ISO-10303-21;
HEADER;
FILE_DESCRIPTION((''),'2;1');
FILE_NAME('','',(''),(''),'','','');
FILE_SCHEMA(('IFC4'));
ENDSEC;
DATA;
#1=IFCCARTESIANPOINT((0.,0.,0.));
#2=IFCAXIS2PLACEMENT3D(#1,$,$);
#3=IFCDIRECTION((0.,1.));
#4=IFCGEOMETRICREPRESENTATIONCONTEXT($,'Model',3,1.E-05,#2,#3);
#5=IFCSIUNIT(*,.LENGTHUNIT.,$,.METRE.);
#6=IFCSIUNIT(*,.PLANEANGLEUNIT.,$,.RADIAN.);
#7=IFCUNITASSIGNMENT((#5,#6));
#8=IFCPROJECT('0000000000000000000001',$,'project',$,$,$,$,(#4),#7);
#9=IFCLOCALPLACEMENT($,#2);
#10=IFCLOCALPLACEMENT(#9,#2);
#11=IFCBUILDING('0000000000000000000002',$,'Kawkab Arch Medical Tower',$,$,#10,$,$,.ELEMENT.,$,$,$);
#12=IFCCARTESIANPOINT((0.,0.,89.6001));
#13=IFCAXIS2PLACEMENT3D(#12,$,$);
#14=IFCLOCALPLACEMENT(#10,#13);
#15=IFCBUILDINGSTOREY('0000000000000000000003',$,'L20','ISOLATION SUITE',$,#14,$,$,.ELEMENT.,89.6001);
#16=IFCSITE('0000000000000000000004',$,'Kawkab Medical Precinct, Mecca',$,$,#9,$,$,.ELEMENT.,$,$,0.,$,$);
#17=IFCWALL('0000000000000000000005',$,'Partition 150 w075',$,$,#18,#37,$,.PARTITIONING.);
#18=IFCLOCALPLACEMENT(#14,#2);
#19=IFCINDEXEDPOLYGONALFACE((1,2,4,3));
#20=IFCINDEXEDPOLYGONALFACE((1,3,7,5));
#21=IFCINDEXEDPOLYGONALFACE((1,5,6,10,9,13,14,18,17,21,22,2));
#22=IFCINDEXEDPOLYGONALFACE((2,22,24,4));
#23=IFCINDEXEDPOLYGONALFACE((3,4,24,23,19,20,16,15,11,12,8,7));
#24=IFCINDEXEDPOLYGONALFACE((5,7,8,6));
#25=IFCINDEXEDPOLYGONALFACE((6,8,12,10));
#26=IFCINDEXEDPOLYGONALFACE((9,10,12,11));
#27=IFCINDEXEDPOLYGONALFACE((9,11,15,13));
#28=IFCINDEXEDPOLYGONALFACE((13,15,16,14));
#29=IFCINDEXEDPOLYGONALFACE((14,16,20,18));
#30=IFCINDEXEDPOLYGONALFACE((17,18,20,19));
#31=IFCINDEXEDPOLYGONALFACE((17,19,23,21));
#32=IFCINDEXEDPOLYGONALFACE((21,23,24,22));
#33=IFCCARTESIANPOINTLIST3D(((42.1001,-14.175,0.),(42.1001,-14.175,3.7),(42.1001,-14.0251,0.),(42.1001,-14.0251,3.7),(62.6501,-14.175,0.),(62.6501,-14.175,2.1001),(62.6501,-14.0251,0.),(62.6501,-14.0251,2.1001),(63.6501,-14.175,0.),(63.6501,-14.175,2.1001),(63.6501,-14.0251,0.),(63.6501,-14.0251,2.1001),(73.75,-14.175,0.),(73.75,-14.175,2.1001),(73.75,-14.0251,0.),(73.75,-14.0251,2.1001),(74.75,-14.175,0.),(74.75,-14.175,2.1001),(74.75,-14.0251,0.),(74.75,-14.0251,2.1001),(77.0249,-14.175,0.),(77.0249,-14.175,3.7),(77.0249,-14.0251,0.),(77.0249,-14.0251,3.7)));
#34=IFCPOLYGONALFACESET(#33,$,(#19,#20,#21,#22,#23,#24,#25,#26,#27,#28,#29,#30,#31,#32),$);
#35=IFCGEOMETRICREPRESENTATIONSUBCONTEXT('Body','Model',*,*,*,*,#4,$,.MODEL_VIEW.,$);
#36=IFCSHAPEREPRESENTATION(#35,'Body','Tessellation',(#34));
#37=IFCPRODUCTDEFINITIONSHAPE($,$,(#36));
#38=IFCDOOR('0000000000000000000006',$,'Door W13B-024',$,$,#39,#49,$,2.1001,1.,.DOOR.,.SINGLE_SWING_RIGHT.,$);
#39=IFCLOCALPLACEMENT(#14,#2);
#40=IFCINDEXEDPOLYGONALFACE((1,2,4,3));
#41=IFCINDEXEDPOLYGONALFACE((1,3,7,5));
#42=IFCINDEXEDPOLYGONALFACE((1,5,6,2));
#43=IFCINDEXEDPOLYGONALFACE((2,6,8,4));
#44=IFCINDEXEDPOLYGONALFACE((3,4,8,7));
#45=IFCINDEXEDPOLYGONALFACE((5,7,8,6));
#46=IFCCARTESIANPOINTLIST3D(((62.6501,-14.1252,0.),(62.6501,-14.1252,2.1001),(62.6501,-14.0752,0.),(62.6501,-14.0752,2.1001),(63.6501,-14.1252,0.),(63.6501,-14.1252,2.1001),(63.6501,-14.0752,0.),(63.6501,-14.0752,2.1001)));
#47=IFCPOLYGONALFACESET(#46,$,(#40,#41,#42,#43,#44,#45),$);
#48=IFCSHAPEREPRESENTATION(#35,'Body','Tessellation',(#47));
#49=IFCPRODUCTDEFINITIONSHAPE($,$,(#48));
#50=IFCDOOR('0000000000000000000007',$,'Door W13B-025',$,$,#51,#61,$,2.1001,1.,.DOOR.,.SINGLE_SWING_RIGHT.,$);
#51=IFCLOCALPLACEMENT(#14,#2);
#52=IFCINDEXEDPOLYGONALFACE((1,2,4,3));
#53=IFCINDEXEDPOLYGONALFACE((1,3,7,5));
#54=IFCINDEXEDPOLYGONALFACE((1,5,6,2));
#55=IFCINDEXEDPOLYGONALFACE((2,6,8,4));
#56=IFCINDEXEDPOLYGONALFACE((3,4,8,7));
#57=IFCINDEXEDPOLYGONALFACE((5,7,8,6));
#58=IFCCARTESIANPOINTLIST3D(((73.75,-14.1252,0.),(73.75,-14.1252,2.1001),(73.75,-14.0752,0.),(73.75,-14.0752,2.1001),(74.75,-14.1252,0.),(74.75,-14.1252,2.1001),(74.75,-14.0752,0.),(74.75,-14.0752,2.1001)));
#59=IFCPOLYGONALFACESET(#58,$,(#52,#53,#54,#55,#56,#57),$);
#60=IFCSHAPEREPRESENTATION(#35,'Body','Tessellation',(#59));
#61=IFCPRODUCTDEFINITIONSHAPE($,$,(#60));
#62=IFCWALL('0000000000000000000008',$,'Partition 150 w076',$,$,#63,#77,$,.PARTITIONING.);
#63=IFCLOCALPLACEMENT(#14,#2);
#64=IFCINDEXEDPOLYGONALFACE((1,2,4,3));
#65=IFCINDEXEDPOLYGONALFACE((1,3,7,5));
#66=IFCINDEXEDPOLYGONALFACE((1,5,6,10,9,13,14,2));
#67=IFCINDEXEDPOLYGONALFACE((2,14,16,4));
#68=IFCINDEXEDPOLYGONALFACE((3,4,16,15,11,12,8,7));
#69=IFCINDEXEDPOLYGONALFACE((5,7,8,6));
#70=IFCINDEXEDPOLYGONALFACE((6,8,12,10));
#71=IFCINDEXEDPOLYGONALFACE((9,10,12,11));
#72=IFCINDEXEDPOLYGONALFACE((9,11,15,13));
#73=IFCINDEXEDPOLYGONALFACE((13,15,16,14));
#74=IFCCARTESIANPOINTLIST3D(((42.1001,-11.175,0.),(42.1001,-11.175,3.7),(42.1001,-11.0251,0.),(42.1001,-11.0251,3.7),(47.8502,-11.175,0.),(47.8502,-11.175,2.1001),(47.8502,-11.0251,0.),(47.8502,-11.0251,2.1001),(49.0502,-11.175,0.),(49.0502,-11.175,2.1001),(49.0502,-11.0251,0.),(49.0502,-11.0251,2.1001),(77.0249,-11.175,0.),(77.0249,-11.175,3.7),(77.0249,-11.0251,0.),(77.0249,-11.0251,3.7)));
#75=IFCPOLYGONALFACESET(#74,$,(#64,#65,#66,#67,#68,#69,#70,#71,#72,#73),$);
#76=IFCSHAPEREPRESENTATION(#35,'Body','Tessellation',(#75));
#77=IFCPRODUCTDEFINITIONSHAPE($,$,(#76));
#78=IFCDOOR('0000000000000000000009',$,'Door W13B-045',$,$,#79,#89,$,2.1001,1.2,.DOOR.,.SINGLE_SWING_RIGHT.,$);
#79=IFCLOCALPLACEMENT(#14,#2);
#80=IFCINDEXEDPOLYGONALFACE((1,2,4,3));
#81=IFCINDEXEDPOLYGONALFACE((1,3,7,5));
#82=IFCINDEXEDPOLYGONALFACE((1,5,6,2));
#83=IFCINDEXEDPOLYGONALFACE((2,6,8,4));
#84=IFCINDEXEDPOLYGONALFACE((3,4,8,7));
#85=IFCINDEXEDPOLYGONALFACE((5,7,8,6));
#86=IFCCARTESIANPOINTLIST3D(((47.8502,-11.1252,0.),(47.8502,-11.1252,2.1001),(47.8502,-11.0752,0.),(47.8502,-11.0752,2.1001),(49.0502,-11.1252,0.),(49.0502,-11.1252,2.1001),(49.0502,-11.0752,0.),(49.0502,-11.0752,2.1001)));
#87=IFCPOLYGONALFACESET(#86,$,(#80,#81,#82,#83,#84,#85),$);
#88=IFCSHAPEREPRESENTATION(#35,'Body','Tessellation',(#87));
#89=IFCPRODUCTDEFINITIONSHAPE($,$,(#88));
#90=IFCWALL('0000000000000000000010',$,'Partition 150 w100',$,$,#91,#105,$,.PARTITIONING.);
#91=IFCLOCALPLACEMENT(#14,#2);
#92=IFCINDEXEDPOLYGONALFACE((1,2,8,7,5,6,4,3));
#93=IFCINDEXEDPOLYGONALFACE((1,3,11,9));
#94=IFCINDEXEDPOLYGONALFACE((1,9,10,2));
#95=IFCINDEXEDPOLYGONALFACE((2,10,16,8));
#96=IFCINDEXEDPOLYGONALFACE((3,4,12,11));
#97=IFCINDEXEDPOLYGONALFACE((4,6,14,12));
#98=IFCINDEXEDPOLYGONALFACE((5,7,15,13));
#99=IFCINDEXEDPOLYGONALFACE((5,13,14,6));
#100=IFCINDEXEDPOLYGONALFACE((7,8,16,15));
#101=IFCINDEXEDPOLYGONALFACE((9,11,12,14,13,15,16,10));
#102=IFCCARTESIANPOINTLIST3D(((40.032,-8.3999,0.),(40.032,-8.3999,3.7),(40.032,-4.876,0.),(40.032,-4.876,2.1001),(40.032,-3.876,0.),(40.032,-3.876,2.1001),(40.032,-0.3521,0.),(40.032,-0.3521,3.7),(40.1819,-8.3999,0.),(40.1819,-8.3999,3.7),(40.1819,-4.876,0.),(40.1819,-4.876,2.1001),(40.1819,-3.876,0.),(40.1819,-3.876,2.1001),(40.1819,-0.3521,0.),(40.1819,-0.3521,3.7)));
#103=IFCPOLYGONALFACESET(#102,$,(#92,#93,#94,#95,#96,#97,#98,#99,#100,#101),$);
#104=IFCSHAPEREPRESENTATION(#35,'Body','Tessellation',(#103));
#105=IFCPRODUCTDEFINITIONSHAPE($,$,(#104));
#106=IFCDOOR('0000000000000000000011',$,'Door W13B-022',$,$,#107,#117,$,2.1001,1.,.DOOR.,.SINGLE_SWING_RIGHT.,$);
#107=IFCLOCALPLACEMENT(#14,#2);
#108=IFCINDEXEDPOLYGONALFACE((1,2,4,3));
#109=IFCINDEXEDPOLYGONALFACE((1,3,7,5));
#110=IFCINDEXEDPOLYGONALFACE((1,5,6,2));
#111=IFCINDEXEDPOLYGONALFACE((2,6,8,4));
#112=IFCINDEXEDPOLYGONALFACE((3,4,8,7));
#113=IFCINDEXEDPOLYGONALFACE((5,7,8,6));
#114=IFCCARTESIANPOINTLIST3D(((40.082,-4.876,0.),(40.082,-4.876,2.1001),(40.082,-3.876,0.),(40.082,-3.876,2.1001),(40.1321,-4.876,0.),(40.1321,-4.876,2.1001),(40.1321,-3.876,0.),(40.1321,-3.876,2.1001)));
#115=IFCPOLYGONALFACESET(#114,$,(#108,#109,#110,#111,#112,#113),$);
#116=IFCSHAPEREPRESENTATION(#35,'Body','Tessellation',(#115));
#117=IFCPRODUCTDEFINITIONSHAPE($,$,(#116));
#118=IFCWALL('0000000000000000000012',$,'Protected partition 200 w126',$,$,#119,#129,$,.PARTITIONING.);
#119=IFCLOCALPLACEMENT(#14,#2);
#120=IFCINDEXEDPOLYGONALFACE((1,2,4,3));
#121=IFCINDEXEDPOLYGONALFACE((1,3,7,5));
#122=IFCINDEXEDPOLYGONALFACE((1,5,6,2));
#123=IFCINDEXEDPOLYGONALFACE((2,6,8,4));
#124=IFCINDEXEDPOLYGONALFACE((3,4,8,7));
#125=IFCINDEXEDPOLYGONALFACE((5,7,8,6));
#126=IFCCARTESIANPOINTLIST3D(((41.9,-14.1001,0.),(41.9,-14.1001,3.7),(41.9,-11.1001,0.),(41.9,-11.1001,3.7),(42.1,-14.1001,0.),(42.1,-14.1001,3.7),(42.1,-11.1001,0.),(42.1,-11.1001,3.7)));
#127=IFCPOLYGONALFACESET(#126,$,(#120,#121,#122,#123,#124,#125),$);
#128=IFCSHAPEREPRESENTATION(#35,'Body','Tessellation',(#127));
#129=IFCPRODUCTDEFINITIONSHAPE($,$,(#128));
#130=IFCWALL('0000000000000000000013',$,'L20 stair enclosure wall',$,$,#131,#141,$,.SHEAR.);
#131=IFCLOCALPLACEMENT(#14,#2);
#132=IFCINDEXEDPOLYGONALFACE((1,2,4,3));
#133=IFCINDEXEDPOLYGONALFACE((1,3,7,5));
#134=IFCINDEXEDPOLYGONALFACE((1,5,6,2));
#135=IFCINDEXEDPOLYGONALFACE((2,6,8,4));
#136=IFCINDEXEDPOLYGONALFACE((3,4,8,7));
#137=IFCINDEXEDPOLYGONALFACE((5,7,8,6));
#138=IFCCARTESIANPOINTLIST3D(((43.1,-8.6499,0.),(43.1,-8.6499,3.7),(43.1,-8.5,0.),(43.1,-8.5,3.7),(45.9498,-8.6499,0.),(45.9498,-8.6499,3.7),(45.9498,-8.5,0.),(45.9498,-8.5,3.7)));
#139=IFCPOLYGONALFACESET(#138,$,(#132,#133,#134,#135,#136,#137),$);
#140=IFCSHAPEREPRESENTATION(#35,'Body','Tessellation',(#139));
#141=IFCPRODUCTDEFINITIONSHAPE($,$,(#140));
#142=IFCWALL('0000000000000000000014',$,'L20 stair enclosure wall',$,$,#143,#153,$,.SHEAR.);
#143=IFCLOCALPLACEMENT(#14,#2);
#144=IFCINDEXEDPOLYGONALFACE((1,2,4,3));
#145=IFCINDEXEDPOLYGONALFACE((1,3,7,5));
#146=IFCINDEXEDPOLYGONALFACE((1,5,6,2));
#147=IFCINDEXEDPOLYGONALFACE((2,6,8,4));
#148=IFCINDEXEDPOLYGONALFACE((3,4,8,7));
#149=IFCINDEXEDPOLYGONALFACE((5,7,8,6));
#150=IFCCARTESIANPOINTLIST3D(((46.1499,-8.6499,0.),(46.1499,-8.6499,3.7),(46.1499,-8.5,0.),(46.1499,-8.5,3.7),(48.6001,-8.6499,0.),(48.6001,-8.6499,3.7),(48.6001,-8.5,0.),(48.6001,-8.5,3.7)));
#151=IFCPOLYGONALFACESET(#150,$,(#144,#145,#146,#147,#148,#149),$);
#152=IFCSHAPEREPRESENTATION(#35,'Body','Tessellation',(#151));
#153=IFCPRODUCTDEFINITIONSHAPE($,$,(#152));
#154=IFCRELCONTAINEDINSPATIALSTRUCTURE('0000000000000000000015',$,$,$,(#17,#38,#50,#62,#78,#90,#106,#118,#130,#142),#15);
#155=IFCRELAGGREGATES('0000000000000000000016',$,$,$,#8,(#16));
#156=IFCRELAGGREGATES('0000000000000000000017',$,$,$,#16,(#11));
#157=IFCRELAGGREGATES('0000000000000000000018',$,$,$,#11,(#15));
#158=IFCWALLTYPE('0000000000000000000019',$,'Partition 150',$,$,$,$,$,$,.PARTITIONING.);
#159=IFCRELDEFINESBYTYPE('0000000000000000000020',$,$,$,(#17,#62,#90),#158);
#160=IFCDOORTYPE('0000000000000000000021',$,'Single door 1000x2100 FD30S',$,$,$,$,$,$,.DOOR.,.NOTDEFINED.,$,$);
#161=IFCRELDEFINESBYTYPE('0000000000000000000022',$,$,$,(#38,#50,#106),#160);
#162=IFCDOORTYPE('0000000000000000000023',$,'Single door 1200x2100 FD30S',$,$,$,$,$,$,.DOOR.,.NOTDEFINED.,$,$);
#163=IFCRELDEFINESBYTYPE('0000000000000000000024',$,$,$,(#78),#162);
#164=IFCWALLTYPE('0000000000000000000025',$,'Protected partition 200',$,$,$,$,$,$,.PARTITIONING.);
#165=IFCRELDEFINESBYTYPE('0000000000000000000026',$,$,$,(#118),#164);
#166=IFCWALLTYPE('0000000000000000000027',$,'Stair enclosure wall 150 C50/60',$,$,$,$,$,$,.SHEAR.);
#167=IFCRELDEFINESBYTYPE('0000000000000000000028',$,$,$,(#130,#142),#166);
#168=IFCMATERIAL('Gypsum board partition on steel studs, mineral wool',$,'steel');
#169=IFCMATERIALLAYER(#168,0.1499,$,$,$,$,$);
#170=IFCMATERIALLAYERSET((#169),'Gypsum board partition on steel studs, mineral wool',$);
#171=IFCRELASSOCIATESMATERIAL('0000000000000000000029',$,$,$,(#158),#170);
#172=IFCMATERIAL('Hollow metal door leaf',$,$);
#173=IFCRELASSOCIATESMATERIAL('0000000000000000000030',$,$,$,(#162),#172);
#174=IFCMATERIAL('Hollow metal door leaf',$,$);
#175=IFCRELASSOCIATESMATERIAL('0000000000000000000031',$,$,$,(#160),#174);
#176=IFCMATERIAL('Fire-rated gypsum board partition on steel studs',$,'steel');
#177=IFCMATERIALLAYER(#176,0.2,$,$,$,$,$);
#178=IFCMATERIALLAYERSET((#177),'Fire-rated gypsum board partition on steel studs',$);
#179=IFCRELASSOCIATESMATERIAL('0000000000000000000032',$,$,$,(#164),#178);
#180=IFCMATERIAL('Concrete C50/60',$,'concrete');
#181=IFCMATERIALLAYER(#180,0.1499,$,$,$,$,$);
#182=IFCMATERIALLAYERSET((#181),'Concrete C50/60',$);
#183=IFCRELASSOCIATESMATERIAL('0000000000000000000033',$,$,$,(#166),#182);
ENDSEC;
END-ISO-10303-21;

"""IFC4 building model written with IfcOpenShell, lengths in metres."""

from ifc_helpers import new_model, si_unit, direction, frame, frame_2d, origin, place, context, subcontext, project, spatial, rectangle, extrude, material, layer, layer_set, type_object, element, fill, save


model = new_model("IFC4")

# Units and contexts
model_context = context("Model", 3, precision=1e-05, world=origin(), true_north=direction((0.0, 1.0)))
body_context = subcontext(model_context, "Body", "Model", "MODEL_VIEW")
ifc_project = project(units=[si_unit("LENGTHUNIT", "METRE"), si_unit("PLANEANGLEUNIT", "RADIAN")], contexts=[model_context])

# Site, building, storey
site_placement = place(None, origin())
site = spatial("IfcSite", under=ifc_project, at=site_placement, Name="Kawkab Medical Precinct, Mecca", CompositionType="ELEMENT", RefElevation=0.0)
building_placement = place(site_placement, origin())
building = spatial("IfcBuilding", under=site, at=building_placement, Name="Kawkab Arch Medical Tower", CompositionType="ELEMENT")
storey_placement = place(building_placement, frame((0.0, 0.0, 89.6001)))
storey = spatial("IfcBuildingStorey", under=building, at=storey_placement, Name="L20", Description="ISOLATION SUITE", CompositionType="ELEMENT", Elevation=89.6001)

# Wall, openings, doors
ifc_material_1 = material(Name="Gypsum board partition on steel studs, mineral wool", Category="steel")
ifc_layer_1 = layer(ifc_material_1, 0.1499)
ifc_layer_set_1 = layer_set([ifc_layer_1], Name="Gypsum board partition on steel studs, mineral wool")
wall_type_1 = type_object("IfcWallType", Name="Partition 150", PredefinedType="PARTITIONING", material=ifc_layer_set_1)
ifc_material_2 = material(Name="Hollow metal door leaf")
door_type_1 = type_object("IfcDoorType", Name="Single door 1200x2100 FD30S", OperationType="NOTDEFINED", PredefinedType="DOOR", material=ifc_material_2)
wall_1_placement = place(storey_placement, frame((42.1001, -14.1001, 0.0), z_axis=(0.0, 0.0, 1.0), x_axis=(1.0, 0.0, 0.0)))
wall_1 = element("IfcWall", 1, at=wall_1_placement, inside=storey, type_object=wall_type_1, Name="Partition 150 w075", PredefinedType="PARTITIONING", context=body_context, shape_type="SweptSolid", body=[
    extrude(rectangle(XDim=34.9248, YDim=0.1499, at=frame_2d((17.4624, 0.0))), origin(), (0.0, 0.0, 1.0), 3.7),
])
opening_1_placement = place(wall_1_placement, frame((20.55, 0.0, 0.0)))
opening_1 = element("IfcOpeningElement", 2, at=opening_1_placement, cuts=wall_1, PredefinedType="OPENING", context=body_context, shape_type="SweptSolid", body=[
    extrude(rectangle(XDim=1.0, YDim=2.1001, at=frame_2d((0.5, 1.05))), frame((0.0, 0.085, 0.0), z_axis=(0.0, -1.0, 0.0), x_axis=(1.0, 0.0, 0.0)), (0.0, 0.0, 1.0), 0.1699),
])
opening_2_placement = place(wall_1_placement, frame((31.6499, 0.0, 0.0)))
opening_2 = element("IfcOpeningElement", 3, at=opening_2_placement, cuts=wall_1, PredefinedType="OPENING", context=body_context, shape_type="SweptSolid", body=[
    extrude(rectangle(XDim=1.0, YDim=2.1001, at=frame_2d((0.5, 1.05))), frame((0.0, 0.085, 0.0), z_axis=(0.0, -1.0, 0.0), x_axis=(1.0, 0.0, 0.0)), (0.0, 0.0, 1.0), 0.1699),
])
ifc_material_3 = material(Name="Hollow metal door leaf")
door_type_2 = type_object("IfcDoorType", Name="Single door 1000x2100 FD30S", OperationType="NOTDEFINED", PredefinedType="DOOR", material=ifc_material_3)
door_1_placement = place(opening_1_placement, origin())
door_1 = element("IfcDoor", 4, at=door_1_placement, inside=storey, type_object=door_type_2, Name="Door W13B-024", OperationType="SINGLE_SWING_RIGHT", OverallHeight=2.1001, OverallWidth=1.0, PredefinedType="DOOR", context=body_context, shape_type="SweptSolid", body=[
    extrude(rectangle(XDim=1.0, YDim=2.1001, at=frame_2d((0.5, 1.05))), frame((0.0, 0.0249, 0.0), z_axis=(0.0, -1.0, 0.0), x_axis=(1.0, 0.0, 0.0)), (0.0, 0.0, 1.0), 0.05),
])
fill(opening_1, door_1)
door_2_placement = place(opening_2_placement, origin())
door_2 = element("IfcDoor", 5, at=door_2_placement, inside=storey, type_object=door_type_2, Name="Door W13B-025", OperationType="SINGLE_SWING_RIGHT", OverallHeight=2.1001, OverallWidth=1.0, PredefinedType="DOOR", context=body_context, shape_type="SweptSolid", body=[
    extrude(rectangle(XDim=1.0, YDim=2.1001, at=frame_2d((0.5, 1.05))), frame((0.0, 0.0249, 0.0), z_axis=(0.0, -1.0, 0.0), x_axis=(1.0, 0.0, 0.0)), (0.0, 0.0, 1.0), 0.05),
])
fill(opening_2, door_2)

# Walls, openings, doors
wall_2_placement = place(storey_placement, frame((42.1001, -11.1001, 0.0), z_axis=(0.0, 0.0, 1.0), x_axis=(1.0, 0.0, 0.0)))
wall_2 = element("IfcWall", 6, at=wall_2_placement, inside=storey, type_object=wall_type_1, Name="Partition 150 w076", PredefinedType="PARTITIONING", context=body_context, shape_type="SweptSolid", body=[
    extrude(rectangle(XDim=34.9248, YDim=0.1499, at=frame_2d((17.4624, 0.0))), origin(), (0.0, 0.0, 1.0), 3.7),
])
opening_3_placement = place(wall_2_placement, frame((5.75, 0.0, 0.0)))
opening_3 = element("IfcOpeningElement", 7, at=opening_3_placement, cuts=wall_2, PredefinedType="OPENING", context=body_context, shape_type="SweptSolid", body=[
    extrude(rectangle(XDim=1.2, YDim=2.1001, at=frame_2d((0.6001, 1.05))), frame((0.0, 0.085, 0.0), z_axis=(0.0, -1.0, 0.0), x_axis=(1.0, 0.0, 0.0)), (0.0, 0.0, 1.0), 0.1699),
])
door_3_placement = place(opening_3_placement, origin())
door_3 = element("IfcDoor", 8, at=door_3_placement, inside=storey, type_object=door_type_1, Name="Door W13B-045", OperationType="SINGLE_SWING_RIGHT", OverallHeight=2.1001, OverallWidth=1.2, PredefinedType="DOOR", context=body_context, shape_type="SweptSolid", body=[
    extrude(rectangle(XDim=1.2, YDim=2.1001, at=frame_2d((0.6001, 1.05))), frame((0.0, 0.0249, 0.0), z_axis=(0.0, -1.0, 0.0), x_axis=(1.0, 0.0, 0.0)), (0.0, 0.0, 1.0), 0.05),
])
fill(opening_3, door_3)
wall_3_placement = place(storey_placement, frame((40.1069, -8.3999, 0.0), z_axis=(0.0, 0.0, 1.0), x_axis=(0.0, 1.0, 0.0)))
wall_3 = element("IfcWall", 9, at=wall_3_placement, inside=storey, type_object=wall_type_1, Name="Partition 150 w100", PredefinedType="PARTITIONING", context=body_context, shape_type="SweptSolid", body=[
    extrude(rectangle(XDim=8.0479, YDim=0.1499, at=frame_2d((4.0239, 0.0))), origin(), (0.0, 0.0, 1.0), 3.7),
])
opening_4_placement = place(wall_3_placement, frame((3.5239, 0.0, 0.0)))
opening_4 = element("IfcOpeningElement", 10, at=opening_4_placement, cuts=wall_3, PredefinedType="OPENING", context=body_context, shape_type="SweptSolid", body=[
    extrude(rectangle(XDim=1.0, YDim=2.1001, at=frame_2d((0.5, 1.05))), frame((0.0, 0.085, 0.0), z_axis=(0.0, -1.0, 0.0), x_axis=(1.0, 0.0, 0.0)), (0.0, 0.0, 1.0), 0.1699),
])
door_4_placement = place(opening_4_placement, origin())
door_4 = element("IfcDoor", 11, at=door_4_placement, inside=storey, type_object=door_type_2, Name="Door W13B-022", OperationType="SINGLE_SWING_RIGHT", OverallHeight=2.1001, OverallWidth=1.0, PredefinedType="DOOR", context=body_context, shape_type="SweptSolid", body=[
    extrude(rectangle(XDim=1.0, YDim=2.1001, at=frame_2d((0.5, 1.05))), frame((0.0, 0.0249, 0.0), z_axis=(0.0, -1.0, 0.0), x_axis=(1.0, 0.0, 0.0)), (0.0, 0.0, 1.0), 0.05),
])
fill(opening_4, door_4)

# Walls
ifc_material_4 = material(Name="Fire-rated gypsum board partition on steel studs", Category="steel")
ifc_layer_2 = layer(ifc_material_4, 0.2)
ifc_layer_set_2 = layer_set([ifc_layer_2], Name="Fire-rated gypsum board partition on steel studs")
wall_type_2 = type_object("IfcWallType", Name="Protected partition 200", PredefinedType="PARTITIONING", material=ifc_layer_set_2)
wall_4_placement = place(storey_placement, frame((42.0, -14.1001, 0.0), z_axis=(0.0, 0.0, 1.0), x_axis=(0.0, 1.0, 0.0)))
element("IfcWall", 12, at=wall_4_placement, inside=storey, type_object=wall_type_2, Name="Protected partition 200 w126", PredefinedType="PARTITIONING", context=body_context, shape_type="SweptSolid", body=[
    extrude(rectangle(XDim=3.0, YDim=0.2, at=frame_2d((1.5, 0.0))), origin(), (0.0, 0.0, 1.0), 3.7),
])
ifc_material_5 = material(Name="Concrete C50/60", Category="concrete")
ifc_layer_3 = layer(ifc_material_5, 0.1499)
ifc_layer_set_3 = layer_set([ifc_layer_3], Name="Concrete C50/60")
wall_type_3 = type_object("IfcWallType", Name="Stair enclosure wall 150 C50/60", PredefinedType="SHEAR", material=ifc_layer_set_3)
wall_5_placement = place(storey_placement, frame((43.1001, -8.575, 0.0), z_axis=(0.0, 0.0, 1.0), x_axis=(1.0, 0.0, 0.0)))
element("IfcWall", 13, at=wall_5_placement, inside=storey, type_object=wall_type_3, Name="L20 stair enclosure wall", PredefinedType="SHEAR", context=body_context, shape_type="SweptSolid", body=[
    extrude(rectangle(XDim=2.8499, YDim=0.1499, at=frame_2d((1.4248, 0.0))), origin(), (0.0, 0.0, 1.0), 3.7),
])
wall_6_placement = place(storey_placement, frame((46.1499, -8.575, 0.0), z_axis=(0.0, 0.0, 1.0), x_axis=(1.0, 0.0, 0.0)))
element("IfcWall", 14, at=wall_6_placement, inside=storey, type_object=wall_type_3, Name="L20 stair enclosure wall", PredefinedType="SHEAR", context=body_context, shape_type="SweptSolid", body=[
    extrude(rectangle(XDim=2.4502, YDim=0.1499, at=frame_2d((1.2251, 0.0))), origin(), (0.0, 0.0, 1.0), 3.7),
])

save(model, "model.ifc")
